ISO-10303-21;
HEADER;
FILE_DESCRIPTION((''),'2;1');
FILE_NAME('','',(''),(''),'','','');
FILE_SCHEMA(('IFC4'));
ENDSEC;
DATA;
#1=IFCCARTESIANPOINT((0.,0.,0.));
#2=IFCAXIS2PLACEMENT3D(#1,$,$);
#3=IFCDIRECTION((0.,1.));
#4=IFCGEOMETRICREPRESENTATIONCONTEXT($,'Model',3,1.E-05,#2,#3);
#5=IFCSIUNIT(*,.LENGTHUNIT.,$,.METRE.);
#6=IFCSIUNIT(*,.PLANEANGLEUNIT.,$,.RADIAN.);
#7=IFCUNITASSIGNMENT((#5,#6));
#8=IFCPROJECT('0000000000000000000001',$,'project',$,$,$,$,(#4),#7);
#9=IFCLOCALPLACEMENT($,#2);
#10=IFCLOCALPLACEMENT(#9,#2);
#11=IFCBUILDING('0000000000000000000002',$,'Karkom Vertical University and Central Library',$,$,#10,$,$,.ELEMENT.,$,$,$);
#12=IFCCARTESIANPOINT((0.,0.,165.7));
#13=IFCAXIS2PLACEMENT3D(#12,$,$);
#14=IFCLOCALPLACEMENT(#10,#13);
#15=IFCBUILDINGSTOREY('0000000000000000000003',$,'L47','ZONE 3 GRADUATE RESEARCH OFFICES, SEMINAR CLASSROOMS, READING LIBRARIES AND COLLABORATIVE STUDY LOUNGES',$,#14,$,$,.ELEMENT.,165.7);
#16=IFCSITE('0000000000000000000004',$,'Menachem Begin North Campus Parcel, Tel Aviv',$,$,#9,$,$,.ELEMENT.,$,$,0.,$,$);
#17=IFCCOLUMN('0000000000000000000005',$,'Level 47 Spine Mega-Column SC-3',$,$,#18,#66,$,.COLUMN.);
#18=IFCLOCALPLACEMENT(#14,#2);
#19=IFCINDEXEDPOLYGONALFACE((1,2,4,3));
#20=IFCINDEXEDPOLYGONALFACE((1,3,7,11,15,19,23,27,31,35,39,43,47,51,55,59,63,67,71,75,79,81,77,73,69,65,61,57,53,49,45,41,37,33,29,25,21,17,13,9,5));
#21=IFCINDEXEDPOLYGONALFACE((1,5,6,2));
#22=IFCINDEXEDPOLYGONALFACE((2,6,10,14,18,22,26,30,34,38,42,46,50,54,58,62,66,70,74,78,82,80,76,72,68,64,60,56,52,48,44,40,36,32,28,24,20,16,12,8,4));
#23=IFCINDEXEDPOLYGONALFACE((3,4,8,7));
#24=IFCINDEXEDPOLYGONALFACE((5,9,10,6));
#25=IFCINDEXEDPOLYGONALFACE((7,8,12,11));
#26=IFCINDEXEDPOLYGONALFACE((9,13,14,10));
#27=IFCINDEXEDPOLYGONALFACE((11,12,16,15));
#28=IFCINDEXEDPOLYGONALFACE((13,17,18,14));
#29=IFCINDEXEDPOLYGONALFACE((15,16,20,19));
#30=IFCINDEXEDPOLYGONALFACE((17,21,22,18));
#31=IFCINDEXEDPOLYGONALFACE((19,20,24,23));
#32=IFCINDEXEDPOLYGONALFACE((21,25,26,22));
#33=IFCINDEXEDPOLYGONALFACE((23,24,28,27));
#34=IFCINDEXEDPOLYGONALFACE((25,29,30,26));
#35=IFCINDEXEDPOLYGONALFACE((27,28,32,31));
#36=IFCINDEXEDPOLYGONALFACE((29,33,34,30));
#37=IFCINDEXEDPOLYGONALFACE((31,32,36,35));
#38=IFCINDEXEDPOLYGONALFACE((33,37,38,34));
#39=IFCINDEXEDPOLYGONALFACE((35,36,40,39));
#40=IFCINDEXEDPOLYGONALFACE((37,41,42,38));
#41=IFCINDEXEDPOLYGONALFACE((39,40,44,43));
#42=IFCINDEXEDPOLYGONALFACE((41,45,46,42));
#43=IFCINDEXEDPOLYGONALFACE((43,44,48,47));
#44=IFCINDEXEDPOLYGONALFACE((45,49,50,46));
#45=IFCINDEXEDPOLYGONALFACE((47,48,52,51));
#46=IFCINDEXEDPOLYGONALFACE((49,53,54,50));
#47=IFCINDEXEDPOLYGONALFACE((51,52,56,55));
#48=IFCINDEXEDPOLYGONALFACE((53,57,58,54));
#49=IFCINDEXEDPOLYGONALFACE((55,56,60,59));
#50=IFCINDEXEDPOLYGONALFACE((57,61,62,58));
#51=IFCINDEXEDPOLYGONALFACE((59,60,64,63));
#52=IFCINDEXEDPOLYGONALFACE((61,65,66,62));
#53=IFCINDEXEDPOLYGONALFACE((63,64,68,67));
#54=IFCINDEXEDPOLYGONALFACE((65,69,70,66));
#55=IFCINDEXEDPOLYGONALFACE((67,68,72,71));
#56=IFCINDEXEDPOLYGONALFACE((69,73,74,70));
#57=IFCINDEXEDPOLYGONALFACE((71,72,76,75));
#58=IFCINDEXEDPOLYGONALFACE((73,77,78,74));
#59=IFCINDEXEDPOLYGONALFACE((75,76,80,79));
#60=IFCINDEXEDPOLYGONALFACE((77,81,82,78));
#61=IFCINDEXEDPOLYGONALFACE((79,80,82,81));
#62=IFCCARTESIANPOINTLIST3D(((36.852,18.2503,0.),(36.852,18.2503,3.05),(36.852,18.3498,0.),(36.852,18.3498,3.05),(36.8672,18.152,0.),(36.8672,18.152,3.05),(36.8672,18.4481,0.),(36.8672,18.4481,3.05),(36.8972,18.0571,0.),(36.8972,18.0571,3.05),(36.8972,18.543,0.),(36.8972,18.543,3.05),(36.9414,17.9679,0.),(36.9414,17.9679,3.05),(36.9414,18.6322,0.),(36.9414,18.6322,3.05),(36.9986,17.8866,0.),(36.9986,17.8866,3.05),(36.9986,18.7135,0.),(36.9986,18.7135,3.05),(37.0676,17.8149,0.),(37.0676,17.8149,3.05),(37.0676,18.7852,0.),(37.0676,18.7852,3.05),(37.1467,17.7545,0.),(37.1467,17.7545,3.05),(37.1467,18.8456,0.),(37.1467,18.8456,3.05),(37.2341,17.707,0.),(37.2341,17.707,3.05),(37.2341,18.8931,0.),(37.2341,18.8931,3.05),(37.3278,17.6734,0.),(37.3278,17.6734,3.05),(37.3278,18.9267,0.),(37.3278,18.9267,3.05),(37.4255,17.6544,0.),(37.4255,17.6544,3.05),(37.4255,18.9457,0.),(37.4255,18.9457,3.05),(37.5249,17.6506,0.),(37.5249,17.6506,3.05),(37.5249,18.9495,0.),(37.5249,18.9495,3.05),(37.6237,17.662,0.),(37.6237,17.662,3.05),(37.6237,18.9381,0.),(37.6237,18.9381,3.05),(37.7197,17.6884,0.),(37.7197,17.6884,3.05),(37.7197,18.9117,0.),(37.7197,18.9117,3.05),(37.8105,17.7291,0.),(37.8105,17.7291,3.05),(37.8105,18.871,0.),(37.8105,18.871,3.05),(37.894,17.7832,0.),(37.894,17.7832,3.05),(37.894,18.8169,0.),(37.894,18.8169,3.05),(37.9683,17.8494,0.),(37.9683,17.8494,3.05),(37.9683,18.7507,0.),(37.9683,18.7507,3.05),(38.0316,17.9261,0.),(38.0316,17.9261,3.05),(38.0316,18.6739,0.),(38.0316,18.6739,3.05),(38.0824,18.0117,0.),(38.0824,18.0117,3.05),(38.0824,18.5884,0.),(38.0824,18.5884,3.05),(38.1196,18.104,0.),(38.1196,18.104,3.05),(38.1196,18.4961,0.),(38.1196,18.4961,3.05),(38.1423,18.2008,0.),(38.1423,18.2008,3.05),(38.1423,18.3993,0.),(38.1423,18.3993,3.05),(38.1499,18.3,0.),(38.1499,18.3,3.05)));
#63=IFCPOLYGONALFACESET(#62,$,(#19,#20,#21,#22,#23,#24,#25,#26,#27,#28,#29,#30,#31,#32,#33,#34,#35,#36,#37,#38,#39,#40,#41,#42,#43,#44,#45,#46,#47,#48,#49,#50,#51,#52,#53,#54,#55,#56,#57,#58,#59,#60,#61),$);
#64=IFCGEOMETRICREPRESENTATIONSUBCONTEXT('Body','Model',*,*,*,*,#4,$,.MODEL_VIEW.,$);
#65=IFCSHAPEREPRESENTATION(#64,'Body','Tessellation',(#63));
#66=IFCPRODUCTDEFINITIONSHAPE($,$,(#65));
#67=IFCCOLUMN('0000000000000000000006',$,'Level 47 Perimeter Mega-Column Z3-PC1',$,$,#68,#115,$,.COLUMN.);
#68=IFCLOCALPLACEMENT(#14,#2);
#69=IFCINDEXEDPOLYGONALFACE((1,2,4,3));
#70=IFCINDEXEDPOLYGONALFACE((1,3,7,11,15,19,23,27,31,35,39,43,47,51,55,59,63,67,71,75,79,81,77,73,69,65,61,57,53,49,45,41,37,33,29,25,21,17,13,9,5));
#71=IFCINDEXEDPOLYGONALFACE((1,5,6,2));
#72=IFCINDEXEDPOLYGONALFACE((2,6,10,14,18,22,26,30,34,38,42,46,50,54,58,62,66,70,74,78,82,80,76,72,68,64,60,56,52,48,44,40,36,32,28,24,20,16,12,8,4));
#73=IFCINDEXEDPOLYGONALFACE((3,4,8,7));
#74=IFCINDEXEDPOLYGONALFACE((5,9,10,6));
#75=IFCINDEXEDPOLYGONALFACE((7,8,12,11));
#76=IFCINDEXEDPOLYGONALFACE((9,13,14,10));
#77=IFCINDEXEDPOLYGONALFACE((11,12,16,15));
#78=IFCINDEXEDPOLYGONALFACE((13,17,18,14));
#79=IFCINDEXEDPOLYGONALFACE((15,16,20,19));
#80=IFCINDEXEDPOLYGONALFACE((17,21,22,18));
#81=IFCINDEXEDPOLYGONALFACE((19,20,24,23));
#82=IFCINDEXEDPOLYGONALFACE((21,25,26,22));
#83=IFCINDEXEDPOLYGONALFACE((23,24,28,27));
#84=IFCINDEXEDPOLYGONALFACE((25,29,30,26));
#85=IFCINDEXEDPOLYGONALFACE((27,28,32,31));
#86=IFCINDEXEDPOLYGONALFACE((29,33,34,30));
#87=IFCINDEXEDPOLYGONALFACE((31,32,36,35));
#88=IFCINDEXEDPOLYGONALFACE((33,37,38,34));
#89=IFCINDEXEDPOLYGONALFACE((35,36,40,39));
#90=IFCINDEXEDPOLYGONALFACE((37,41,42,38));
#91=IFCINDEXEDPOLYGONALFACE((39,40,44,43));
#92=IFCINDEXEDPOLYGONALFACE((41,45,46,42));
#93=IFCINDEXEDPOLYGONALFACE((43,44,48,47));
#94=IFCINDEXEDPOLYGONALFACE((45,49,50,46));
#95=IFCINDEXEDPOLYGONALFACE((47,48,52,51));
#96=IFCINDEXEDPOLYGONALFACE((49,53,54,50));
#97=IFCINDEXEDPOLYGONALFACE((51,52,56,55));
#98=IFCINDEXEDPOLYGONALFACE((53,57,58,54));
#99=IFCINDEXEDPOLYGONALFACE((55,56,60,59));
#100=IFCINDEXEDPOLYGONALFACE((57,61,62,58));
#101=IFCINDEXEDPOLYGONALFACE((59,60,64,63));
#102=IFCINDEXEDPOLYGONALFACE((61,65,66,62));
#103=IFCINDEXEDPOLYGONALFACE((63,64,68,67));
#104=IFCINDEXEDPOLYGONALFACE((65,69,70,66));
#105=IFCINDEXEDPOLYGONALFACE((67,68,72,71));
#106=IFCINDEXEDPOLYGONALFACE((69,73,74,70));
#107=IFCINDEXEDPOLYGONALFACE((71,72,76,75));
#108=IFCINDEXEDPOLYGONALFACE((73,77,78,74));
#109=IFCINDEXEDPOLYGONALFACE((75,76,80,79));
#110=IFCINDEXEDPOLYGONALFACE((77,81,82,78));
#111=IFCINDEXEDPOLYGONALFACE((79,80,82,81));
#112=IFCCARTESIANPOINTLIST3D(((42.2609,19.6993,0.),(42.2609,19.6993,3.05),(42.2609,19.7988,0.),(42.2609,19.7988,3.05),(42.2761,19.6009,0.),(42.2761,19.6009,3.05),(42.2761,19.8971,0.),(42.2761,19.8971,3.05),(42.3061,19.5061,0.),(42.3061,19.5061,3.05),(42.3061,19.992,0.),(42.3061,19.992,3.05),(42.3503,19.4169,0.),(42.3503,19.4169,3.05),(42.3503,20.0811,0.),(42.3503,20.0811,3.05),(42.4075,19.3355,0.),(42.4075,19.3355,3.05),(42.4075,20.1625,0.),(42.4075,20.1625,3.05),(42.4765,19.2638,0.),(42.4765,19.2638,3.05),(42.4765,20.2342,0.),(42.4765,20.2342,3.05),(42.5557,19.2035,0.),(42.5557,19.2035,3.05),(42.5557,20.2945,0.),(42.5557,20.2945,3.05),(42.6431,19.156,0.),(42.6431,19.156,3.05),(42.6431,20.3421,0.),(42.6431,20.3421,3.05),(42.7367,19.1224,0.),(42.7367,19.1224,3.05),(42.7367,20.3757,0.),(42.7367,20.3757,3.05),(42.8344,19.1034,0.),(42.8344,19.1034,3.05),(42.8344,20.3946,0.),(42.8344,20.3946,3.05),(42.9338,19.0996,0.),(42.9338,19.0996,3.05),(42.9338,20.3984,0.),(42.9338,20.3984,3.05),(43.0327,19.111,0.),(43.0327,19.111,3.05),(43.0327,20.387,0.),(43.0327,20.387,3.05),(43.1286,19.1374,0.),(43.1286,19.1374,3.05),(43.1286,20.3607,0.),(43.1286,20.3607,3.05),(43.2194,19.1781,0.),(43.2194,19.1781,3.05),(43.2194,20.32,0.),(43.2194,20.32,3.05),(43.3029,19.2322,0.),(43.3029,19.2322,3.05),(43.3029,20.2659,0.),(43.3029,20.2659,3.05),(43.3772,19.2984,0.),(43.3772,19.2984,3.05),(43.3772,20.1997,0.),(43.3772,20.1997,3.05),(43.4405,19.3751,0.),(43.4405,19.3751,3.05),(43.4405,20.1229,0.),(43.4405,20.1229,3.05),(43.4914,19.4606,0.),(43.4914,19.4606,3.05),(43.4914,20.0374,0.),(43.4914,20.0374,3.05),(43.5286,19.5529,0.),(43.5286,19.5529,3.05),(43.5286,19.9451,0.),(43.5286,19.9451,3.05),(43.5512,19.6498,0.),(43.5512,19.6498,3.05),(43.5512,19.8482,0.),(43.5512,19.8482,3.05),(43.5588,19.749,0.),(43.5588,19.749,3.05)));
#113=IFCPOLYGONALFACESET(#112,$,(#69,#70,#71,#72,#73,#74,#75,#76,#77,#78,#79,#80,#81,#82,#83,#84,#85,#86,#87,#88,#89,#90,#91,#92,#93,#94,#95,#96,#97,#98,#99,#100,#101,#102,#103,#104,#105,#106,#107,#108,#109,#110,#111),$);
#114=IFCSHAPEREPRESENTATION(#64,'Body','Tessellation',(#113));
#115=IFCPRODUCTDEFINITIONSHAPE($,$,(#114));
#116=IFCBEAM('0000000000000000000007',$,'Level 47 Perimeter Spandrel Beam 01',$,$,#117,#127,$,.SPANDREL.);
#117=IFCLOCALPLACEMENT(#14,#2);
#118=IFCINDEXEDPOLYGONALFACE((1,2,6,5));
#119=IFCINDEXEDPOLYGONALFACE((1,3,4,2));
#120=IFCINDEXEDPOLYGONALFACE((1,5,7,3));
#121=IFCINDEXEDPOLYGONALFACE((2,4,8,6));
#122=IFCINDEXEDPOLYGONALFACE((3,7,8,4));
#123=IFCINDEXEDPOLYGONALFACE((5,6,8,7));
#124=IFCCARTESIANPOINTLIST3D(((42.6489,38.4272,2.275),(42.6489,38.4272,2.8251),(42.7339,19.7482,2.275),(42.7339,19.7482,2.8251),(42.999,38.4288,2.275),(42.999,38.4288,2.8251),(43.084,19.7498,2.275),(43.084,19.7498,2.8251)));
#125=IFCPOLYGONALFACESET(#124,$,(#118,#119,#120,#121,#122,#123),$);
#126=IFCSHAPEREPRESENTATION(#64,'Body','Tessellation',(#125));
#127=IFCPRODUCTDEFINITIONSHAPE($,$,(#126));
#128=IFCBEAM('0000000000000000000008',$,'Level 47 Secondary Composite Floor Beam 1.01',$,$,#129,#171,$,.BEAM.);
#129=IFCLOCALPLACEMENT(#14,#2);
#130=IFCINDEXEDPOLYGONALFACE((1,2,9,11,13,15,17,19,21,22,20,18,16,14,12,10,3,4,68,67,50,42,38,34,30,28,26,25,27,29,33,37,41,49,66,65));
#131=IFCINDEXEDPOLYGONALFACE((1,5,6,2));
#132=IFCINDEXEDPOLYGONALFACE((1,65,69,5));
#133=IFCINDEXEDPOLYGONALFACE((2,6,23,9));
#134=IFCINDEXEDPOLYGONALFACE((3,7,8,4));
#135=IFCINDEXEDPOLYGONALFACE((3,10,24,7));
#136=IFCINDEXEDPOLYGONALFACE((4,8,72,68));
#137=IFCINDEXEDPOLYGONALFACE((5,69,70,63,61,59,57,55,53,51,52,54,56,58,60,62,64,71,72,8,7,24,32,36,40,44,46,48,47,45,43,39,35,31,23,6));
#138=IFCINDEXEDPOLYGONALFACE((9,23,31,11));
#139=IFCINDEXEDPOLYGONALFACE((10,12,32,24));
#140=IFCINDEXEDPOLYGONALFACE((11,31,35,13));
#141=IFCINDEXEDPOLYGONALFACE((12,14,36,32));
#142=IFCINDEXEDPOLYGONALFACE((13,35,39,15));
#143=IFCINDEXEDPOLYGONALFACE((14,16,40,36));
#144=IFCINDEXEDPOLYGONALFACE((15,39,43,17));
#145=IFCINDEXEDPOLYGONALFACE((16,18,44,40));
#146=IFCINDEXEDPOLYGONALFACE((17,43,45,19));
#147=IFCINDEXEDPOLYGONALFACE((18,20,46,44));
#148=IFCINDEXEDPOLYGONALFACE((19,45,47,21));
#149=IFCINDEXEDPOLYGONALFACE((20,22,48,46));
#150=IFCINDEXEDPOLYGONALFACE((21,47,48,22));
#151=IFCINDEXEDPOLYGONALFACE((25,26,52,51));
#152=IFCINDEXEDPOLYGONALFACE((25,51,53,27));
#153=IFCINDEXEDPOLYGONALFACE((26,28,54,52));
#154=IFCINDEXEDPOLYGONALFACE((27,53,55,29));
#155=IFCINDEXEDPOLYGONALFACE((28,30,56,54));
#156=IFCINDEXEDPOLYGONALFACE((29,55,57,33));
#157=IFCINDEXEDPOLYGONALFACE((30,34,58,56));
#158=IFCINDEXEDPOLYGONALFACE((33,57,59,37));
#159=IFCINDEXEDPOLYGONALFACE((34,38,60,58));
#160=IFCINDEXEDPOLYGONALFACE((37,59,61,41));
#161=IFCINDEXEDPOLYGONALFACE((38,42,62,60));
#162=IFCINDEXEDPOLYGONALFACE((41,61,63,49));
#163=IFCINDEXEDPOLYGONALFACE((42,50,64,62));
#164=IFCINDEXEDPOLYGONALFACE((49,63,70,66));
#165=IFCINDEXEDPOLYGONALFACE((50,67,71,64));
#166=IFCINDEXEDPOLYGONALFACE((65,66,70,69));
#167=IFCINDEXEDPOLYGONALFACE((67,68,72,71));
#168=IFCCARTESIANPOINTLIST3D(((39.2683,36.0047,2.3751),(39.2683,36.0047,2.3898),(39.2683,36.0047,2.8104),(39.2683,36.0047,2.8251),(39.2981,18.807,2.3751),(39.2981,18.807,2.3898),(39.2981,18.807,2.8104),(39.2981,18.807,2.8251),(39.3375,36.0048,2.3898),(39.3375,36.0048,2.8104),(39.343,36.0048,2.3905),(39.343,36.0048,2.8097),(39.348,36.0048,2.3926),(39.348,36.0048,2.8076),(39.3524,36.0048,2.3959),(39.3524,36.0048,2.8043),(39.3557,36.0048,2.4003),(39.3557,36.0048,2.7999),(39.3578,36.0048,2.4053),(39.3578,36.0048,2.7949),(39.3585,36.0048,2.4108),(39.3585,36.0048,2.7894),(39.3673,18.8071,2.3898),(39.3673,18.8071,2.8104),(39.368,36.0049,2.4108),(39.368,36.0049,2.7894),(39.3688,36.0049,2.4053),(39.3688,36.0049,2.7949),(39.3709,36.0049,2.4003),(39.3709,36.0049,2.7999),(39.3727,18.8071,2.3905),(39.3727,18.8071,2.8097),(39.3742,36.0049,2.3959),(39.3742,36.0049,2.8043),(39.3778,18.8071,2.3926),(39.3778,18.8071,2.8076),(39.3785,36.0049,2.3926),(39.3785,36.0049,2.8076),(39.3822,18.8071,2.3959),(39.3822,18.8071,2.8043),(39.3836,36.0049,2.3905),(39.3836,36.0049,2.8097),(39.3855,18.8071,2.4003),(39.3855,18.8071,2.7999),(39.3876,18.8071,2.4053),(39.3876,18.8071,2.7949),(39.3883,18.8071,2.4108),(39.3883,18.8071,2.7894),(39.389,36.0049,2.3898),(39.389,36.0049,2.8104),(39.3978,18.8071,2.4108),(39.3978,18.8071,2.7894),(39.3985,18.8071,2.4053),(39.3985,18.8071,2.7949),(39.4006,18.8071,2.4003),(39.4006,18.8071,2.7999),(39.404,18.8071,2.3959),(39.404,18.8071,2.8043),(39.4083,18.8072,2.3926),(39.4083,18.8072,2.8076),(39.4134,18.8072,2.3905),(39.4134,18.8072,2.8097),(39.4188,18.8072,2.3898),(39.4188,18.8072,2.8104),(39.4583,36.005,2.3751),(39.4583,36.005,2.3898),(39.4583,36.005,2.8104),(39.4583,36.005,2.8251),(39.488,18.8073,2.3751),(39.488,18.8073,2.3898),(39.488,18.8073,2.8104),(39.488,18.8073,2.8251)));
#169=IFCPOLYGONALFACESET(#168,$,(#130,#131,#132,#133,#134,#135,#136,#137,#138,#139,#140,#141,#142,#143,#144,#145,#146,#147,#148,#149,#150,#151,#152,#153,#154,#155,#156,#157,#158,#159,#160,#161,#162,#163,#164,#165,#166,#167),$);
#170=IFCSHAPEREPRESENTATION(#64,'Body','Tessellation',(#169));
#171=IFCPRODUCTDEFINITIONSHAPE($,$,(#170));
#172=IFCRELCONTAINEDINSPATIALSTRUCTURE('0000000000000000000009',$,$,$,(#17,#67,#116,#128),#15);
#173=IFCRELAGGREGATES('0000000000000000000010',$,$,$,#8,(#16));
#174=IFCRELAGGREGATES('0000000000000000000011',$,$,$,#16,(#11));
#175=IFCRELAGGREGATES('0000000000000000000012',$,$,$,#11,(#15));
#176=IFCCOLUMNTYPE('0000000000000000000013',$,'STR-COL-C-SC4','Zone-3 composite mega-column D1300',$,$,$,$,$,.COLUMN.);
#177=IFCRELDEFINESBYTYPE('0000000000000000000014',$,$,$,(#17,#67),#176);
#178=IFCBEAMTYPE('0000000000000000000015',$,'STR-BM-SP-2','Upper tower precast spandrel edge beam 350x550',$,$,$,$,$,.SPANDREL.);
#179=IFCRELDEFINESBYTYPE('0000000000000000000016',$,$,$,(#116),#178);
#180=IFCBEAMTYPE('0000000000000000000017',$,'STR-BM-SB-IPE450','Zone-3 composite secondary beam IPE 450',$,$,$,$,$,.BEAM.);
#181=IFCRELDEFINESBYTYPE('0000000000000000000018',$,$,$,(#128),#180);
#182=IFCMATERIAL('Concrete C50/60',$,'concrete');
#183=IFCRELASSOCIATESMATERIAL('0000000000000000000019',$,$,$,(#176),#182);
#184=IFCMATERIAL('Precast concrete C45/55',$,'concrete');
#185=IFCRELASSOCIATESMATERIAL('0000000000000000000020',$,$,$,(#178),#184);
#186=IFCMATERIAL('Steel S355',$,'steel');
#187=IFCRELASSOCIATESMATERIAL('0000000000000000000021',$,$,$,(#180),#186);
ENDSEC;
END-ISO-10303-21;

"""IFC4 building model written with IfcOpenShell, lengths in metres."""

from ifc_helpers import new_model, si_unit, direction, frame, origin, origin_with_axes, origin_2d, place, context, subcontext, project, spatial, rectangle, circle, i_section, extrude, source, transform, mapped, material, material_profile, profile_set, type_object, element, save


model = new_model("IFC4")

# Units and contexts
model_context = context("Model", 3, precision=1e-05, world=origin(), true_north=direction((0.0, 1.0)))
body_context = subcontext(model_context, "Body", "Model", "MODEL_VIEW")
ifc_project = project(units=[si_unit("LENGTHUNIT", "METRE"), si_unit("PLANEANGLEUNIT", "RADIAN")], contexts=[model_context])

# Site, building, storey
site_placement = place(None, origin())
site = spatial("IfcSite", under=ifc_project, at=site_placement, Name="Menachem Begin North Campus Parcel, Tel Aviv", CompositionType="ELEMENT", RefElevation=0.0)
building_placement = place(site_placement, origin())
building = spatial("IfcBuilding", under=site, at=building_placement, Name="Karkom Vertical University and Central Library", CompositionType="ELEMENT")
storey_placement = place(building_placement, frame((0.0, 0.0, 165.7)))
storey = spatial("IfcBuildingStorey", under=building, at=storey_placement, Name="L47", Description="ZONE 3 GRADUATE RESEARCH OFFICES, SEMINAR CLASSROOMS, READING LIBRARIES AND COLLABORATIVE STUDY LOUNGES", CompositionType="ELEMENT", Elevation=165.7)

# Columns
ifc_material_1 = material(Name="Concrete C50/60", Category="concrete")
ifc_material_profile_1 = material_profile(ifc_material_1, circle(Radius=0.6499, at=origin_2d()), Name="CFT-D1300")
ifc_profile_set_1 = profile_set([ifc_material_profile_1], Name="Concrete C50/60")
column_type = type_object("IfcColumnType", Name="STR-COL-C-SC4", Description="Zone-3 composite mega-column D1300", PredefinedType="COLUMN", material=ifc_profile_set_1)
shared_shape_1 = source(origin_with_axes(), body_context, "Body", "SweptSolid", [
    extrude(circle(Radius=0.6499, at=origin_2d()), origin(), (0.0, 0.0, 1.0), 3.05),
])
for number, where, z_axis, x_axis, name in (
    (1, (37.5, 18.3, 0.0), (0.0, 0.0, 1.0), (1.0, 0.0, 0.0), "Level 47 Spine Mega-Column SC-3"),
    (2, (42.9089, 19.749, 0.0), (0.0, 0.0, 1.0), (1.0, 0.0, 0.0), "Level 47 Perimeter Mega-Column Z3-PC1"),
):
    element("IfcColumn", number, at=place(storey_placement, frame(where, z_axis=z_axis, x_axis=x_axis)), inside=storey, type_object=column_type, Name=name, PredefinedType="COLUMN", context=body_context, shape_type="MappedRepresentation", body=[
        mapped(shared_shape_1, transform((0.0, 0.0, 0.0), scale=1.0)),
    ])

# Beams
ifc_material_2 = material(Name="Precast concrete C45/55", Category="concrete")
ifc_material_profile_2 = material_profile(ifc_material_2, rectangle(XDim=0.3501, YDim=0.55, at=origin_2d()), Name="SPB-350x550")
ifc_profile_set_2 = profile_set([ifc_material_profile_2], Name="Precast concrete C45/55")
beam_type_1 = type_object("IfcBeamType", Name="STR-BM-SP-2", Description="Upper tower precast spandrel edge beam 350x550", PredefinedType="SPANDREL", material=ifc_profile_set_2)
shared_shape_2 = source(origin_with_axes(), body_context, "Body", "SweptSolid", [
    extrude(rectangle(XDim=0.3501, YDim=0.55, at=origin_2d()), origin(), (0.0, 0.0, 1.0), 18.6792),
])
beam_1_placement = place(storey_placement, frame((42.9089, 19.749, 2.55), z_axis=(-0.004548, 0.99999, 0.0), x_axis=(-0.99999, -0.004548, 0.0)))
element("IfcBeam", 3, at=beam_1_placement, inside=storey, type_object=beam_type_1, Name="Level 47 Perimeter Spandrel Beam 01", PredefinedType="SPANDREL", context=body_context, shape_type="MappedRepresentation", body=[
    mapped(shared_shape_2, transform((0.0, 0.0, 0.0), scale=1.0)),
])
ifc_material_3 = material(Name="Steel S355", Category="steel")
ifc_material_profile_3 = material_profile(ifc_material_3, i_section(OverallWidth=0.1899, OverallDepth=0.45, WebThickness=0.0095, FlangeThickness=0.0146, FilletRadius=0.021, at=origin_2d()), Name="IPE 450")
ifc_profile_set_3 = profile_set([ifc_material_profile_3], Name="Steel S355")
beam_type_2 = type_object("IfcBeamType", Name="STR-BM-SB-IPE450", Description="Zone-3 composite secondary beam IPE 450", PredefinedType="BEAM", material=ifc_profile_set_3)
shared_shape_3 = source(origin_with_axes(), body_context, "Body", "SweptSolid", [
    extrude(i_section(OverallWidth=0.1899, OverallDepth=0.45, WebThickness=0.0095, FlangeThickness=0.0146, FilletRadius=0.021, at=origin_2d()), origin(), (0.0, 0.0, 1.0), 17.1978),
])
beam_2_placement = place(storey_placement, frame((39.3931, 18.8071, 2.6001), z_axis=(-0.001732, 0.999999, 0.0), x_axis=(-0.999999, -0.001732, 0.0)))
element("IfcBeam", 4, at=beam_2_placement, inside=storey, type_object=beam_type_2, Name="Level 47 Secondary Composite Floor Beam 1.01", PredefinedType="BEAM", context=body_context, shape_type="MappedRepresentation", body=[
    mapped(shared_shape_3, transform((0.0, 0.0, 0.0), scale=1.0)),
])

save(model, "model.ifc")
